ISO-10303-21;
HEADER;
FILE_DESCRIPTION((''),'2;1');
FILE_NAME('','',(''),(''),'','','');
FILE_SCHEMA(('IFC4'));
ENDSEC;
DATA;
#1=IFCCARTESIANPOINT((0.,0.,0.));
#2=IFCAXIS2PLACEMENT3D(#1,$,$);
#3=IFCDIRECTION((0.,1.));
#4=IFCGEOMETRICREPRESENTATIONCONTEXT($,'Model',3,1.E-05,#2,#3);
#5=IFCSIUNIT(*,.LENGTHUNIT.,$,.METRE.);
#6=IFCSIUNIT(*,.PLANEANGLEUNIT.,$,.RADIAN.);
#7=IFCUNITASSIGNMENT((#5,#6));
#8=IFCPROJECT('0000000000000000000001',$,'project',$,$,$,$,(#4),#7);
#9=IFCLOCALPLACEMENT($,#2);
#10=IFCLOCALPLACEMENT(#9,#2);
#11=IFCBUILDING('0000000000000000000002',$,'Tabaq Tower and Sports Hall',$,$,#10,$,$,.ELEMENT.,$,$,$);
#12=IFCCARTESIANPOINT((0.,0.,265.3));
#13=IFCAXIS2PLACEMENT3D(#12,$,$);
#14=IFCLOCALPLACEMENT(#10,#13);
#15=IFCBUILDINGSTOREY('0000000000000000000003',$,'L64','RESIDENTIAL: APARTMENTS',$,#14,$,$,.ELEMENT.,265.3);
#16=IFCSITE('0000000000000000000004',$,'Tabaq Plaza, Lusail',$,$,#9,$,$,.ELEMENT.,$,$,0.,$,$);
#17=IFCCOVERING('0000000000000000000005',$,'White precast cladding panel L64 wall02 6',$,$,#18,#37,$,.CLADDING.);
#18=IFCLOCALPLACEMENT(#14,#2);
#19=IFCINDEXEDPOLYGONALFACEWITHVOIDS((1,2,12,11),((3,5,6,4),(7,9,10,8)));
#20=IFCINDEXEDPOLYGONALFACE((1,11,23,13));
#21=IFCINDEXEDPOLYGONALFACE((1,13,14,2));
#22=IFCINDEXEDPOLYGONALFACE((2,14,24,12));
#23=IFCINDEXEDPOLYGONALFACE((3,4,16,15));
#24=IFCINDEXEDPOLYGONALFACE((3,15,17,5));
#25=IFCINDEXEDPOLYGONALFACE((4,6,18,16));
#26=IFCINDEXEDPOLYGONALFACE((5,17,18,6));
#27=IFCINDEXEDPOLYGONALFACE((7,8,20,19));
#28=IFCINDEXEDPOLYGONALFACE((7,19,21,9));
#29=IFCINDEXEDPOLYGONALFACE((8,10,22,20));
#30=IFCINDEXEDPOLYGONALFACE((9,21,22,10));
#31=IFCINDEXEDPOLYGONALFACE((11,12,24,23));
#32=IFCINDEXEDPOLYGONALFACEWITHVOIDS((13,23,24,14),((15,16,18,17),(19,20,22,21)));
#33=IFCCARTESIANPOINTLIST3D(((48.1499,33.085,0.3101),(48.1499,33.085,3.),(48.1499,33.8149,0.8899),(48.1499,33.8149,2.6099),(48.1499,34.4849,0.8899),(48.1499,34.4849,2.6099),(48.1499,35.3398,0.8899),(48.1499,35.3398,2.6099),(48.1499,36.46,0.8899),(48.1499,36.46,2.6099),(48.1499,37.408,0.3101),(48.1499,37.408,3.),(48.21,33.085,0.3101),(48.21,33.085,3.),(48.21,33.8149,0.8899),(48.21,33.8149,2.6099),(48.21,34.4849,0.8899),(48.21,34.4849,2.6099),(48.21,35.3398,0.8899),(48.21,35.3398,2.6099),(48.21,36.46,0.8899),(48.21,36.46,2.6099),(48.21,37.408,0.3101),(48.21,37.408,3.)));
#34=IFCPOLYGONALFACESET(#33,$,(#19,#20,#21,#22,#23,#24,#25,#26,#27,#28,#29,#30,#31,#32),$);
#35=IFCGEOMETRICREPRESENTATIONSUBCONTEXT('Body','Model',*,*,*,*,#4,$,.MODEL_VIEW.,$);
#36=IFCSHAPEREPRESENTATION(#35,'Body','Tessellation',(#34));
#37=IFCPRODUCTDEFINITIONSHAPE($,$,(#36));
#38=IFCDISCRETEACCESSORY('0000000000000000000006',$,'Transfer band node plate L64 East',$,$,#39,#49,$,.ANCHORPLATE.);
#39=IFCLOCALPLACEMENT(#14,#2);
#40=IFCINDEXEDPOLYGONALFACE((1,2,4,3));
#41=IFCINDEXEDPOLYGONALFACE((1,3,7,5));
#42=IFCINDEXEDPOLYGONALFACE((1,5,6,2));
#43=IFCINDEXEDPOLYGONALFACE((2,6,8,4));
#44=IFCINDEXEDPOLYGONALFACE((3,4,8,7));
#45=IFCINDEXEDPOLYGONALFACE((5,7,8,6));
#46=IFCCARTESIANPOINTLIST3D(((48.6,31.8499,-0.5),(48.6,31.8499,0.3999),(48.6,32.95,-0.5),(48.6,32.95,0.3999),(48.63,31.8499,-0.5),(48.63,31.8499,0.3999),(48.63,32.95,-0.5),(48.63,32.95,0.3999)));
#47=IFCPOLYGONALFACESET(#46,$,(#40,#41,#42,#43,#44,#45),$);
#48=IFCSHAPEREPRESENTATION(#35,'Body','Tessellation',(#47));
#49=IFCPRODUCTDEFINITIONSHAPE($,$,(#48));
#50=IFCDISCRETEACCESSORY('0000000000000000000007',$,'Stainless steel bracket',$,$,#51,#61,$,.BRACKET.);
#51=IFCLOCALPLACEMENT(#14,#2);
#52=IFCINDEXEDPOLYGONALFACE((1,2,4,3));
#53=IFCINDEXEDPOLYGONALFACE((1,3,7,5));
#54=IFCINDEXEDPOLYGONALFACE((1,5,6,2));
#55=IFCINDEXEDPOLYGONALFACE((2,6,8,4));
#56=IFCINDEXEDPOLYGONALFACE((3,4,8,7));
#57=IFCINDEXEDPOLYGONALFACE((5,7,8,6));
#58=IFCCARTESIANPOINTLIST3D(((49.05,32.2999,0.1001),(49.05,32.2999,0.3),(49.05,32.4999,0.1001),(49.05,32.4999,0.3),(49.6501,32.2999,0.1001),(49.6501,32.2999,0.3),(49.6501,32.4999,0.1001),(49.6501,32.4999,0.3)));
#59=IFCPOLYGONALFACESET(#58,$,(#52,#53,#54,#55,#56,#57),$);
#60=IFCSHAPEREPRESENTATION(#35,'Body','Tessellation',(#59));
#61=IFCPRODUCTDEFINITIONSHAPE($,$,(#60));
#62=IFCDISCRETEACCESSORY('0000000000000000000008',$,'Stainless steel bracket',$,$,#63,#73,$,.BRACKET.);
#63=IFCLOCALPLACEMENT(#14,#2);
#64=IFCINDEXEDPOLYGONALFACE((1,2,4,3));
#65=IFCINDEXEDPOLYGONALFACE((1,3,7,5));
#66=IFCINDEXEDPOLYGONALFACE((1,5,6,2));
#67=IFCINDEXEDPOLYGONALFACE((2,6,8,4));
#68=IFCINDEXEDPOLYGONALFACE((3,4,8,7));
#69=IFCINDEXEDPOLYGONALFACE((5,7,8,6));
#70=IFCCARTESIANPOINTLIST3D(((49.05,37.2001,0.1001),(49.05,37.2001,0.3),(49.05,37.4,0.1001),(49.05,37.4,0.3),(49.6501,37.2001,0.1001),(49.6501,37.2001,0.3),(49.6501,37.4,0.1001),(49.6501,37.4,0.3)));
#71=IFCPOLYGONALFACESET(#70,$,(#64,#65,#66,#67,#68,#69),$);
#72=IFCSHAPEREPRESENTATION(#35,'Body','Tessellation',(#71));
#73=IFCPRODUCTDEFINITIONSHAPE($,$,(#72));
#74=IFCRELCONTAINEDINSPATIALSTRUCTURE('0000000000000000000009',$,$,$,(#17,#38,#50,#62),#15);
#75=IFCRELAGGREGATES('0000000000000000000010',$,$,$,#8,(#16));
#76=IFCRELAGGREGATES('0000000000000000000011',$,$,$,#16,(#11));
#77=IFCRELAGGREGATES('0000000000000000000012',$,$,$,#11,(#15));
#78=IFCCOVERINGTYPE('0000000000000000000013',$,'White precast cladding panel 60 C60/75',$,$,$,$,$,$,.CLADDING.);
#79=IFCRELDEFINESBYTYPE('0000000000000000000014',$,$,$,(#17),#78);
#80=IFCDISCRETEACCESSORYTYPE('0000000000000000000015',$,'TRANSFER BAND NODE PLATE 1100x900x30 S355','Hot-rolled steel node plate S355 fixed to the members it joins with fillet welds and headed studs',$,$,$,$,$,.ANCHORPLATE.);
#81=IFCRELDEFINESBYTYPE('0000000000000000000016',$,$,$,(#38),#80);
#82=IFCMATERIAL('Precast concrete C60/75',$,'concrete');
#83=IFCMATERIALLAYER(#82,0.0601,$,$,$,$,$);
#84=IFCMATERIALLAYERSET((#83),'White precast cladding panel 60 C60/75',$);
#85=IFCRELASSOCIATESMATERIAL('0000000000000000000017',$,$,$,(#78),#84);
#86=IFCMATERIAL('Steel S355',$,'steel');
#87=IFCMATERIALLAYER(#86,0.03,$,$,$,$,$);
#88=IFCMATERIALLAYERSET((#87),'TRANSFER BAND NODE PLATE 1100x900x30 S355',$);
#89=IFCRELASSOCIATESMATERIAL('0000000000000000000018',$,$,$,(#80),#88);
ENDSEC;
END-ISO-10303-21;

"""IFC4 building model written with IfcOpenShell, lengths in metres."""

from ifc_helpers import new_model, si_unit, direction, frame, origin, origin_2d, place, context, subcontext, project, spatial, polyline, rectangle, outline, extrude, material, layer, layer_set, type_object, element, save


model = new_model("IFC4")

# Units and contexts
model_context = context("Model", 3, precision=1e-05, world=origin(), true_north=direction((0.0, 1.0)))
body_context = subcontext(model_context, "Body", "Model", "MODEL_VIEW")
ifc_project = project(units=[si_unit("LENGTHUNIT", "METRE"), si_unit("PLANEANGLEUNIT", "RADIAN")], contexts=[model_context])

# Site, building, storey
site_placement = place(None, origin())
site = spatial("IfcSite", under=ifc_project, at=site_placement, Name="Tabaq Plaza, Lusail", CompositionType="ELEMENT", RefElevation=0.0)
building_placement = place(site_placement, origin())
building = spatial("IfcBuilding", under=site, at=building_placement, Name="Tabaq Tower and Sports Hall", CompositionType="ELEMENT")
storey_placement = place(building_placement, frame((0.0, 0.0, 265.3)))
storey = spatial("IfcBuildingStorey", under=building, at=storey_placement, Name="L64", Description="RESIDENTIAL: APARTMENTS", CompositionType="ELEMENT", Elevation=265.3)

# Covering
ifc_material_1 = material(Name="Precast concrete C60/75", Category="concrete")
ifc_layer_1 = layer(ifc_material_1, 0.0601)
ifc_layer_set_1 = layer_set([ifc_layer_1], Name="White precast cladding panel 60 C60/75")
covering_type_1 = type_object("IfcCoveringType", Name="White precast cladding panel 60 C60/75", PredefinedType="CLADDING", material=ifc_layer_set_1)
covering_1_placement = place(storey_placement, frame((48.1799, 33.085, 0.3101), z_axis=(0.0, 0.0, 1.0), x_axis=(0.0, 1.0, 0.0)))
element("IfcCovering", 1, at=covering_1_placement, inside=storey, type_object=covering_type_1, Name="White precast cladding panel L64 wall02 6", PredefinedType="CLADDING", context=body_context, shape_type="SweptSolid", body=[
    extrude(outline(polyline([(0.0, 0.0), (4.323, 0.0), (4.323, 2.6899), (0.0, 2.6899), (0.0, 0.0)]), holes=[polyline([(0.73, 2.2998), (1.3999, 2.2998), (1.3999, 0.5798), (0.73, 0.5798), (0.73, 2.2998)]), polyline([(2.2549, 2.2998), (3.375, 2.2998), (3.375, 0.5798), (2.2549, 0.5798), (2.2549, 2.2998)])]), frame((0.0, 0.03, 0.0), z_axis=(0.0, -1.0, 0.0), x_axis=(1.0, 0.0, 0.0)), (0.0, 0.0, 1.0), 0.0601),
])

# Discrete accessories
ifc_material_2 = material(Name="Steel S355", Category="steel")
ifc_layer_2 = layer(ifc_material_2, 0.03)
ifc_layer_set_2 = layer_set([ifc_layer_2], Name="TRANSFER BAND NODE PLATE 1100x900x30 S355")
discrete_accessory_type = type_object("IfcDiscreteAccessoryType", Name="TRANSFER BAND NODE PLATE 1100x900x30 S355", Description="Hot-rolled steel node plate S355 fixed to the members it joins with fillet welds and headed studs", PredefinedType="ANCHORPLATE", material=ifc_layer_set_2)
discrete_accessory_placement = place(storey_placement, frame((48.615, 32.3999, -0.5), z_axis=(0.0, 0.0, 1.0), x_axis=(0.0, 1.0, 0.0)))
element("IfcDiscreteAccessory", 2, at=discrete_accessory_placement, inside=storey, type_object=discrete_accessory_type, Name="Transfer band node plate L64 East", PredefinedType="ANCHORPLATE", context=body_context, shape_type="SweptSolid", body=[
    extrude(rectangle(XDim=1.1001, YDim=0.03, at=origin_2d()), origin(), (0.0, 0.0, 1.0), 0.8999),
])
for number, where, z_axis, x_axis, name in (
    (3, (49.3501, 32.3999, 0.1001), (0.0, 0.0, 1.0), (1.0, 0.0, 0.0), "Stainless steel bracket"),
    (4, (49.3501, 37.3, 0.1001), (0.0, 0.0, 1.0), (1.0, 0.0, 0.0), "Stainless steel bracket"),
):
    element("IfcDiscreteAccessory", number, at=place(storey_placement, frame(where, z_axis=z_axis, x_axis=x_axis)), inside=storey, Name=name, PredefinedType="BRACKET", context=body_context, shape_type="SweptSolid", body=[
        extrude(rectangle(XDim=0.6001, YDim=0.2, at=origin_2d()), origin(), (0.0, 0.0, 1.0), 0.2),
    ])

save(model, "model.ifc")
